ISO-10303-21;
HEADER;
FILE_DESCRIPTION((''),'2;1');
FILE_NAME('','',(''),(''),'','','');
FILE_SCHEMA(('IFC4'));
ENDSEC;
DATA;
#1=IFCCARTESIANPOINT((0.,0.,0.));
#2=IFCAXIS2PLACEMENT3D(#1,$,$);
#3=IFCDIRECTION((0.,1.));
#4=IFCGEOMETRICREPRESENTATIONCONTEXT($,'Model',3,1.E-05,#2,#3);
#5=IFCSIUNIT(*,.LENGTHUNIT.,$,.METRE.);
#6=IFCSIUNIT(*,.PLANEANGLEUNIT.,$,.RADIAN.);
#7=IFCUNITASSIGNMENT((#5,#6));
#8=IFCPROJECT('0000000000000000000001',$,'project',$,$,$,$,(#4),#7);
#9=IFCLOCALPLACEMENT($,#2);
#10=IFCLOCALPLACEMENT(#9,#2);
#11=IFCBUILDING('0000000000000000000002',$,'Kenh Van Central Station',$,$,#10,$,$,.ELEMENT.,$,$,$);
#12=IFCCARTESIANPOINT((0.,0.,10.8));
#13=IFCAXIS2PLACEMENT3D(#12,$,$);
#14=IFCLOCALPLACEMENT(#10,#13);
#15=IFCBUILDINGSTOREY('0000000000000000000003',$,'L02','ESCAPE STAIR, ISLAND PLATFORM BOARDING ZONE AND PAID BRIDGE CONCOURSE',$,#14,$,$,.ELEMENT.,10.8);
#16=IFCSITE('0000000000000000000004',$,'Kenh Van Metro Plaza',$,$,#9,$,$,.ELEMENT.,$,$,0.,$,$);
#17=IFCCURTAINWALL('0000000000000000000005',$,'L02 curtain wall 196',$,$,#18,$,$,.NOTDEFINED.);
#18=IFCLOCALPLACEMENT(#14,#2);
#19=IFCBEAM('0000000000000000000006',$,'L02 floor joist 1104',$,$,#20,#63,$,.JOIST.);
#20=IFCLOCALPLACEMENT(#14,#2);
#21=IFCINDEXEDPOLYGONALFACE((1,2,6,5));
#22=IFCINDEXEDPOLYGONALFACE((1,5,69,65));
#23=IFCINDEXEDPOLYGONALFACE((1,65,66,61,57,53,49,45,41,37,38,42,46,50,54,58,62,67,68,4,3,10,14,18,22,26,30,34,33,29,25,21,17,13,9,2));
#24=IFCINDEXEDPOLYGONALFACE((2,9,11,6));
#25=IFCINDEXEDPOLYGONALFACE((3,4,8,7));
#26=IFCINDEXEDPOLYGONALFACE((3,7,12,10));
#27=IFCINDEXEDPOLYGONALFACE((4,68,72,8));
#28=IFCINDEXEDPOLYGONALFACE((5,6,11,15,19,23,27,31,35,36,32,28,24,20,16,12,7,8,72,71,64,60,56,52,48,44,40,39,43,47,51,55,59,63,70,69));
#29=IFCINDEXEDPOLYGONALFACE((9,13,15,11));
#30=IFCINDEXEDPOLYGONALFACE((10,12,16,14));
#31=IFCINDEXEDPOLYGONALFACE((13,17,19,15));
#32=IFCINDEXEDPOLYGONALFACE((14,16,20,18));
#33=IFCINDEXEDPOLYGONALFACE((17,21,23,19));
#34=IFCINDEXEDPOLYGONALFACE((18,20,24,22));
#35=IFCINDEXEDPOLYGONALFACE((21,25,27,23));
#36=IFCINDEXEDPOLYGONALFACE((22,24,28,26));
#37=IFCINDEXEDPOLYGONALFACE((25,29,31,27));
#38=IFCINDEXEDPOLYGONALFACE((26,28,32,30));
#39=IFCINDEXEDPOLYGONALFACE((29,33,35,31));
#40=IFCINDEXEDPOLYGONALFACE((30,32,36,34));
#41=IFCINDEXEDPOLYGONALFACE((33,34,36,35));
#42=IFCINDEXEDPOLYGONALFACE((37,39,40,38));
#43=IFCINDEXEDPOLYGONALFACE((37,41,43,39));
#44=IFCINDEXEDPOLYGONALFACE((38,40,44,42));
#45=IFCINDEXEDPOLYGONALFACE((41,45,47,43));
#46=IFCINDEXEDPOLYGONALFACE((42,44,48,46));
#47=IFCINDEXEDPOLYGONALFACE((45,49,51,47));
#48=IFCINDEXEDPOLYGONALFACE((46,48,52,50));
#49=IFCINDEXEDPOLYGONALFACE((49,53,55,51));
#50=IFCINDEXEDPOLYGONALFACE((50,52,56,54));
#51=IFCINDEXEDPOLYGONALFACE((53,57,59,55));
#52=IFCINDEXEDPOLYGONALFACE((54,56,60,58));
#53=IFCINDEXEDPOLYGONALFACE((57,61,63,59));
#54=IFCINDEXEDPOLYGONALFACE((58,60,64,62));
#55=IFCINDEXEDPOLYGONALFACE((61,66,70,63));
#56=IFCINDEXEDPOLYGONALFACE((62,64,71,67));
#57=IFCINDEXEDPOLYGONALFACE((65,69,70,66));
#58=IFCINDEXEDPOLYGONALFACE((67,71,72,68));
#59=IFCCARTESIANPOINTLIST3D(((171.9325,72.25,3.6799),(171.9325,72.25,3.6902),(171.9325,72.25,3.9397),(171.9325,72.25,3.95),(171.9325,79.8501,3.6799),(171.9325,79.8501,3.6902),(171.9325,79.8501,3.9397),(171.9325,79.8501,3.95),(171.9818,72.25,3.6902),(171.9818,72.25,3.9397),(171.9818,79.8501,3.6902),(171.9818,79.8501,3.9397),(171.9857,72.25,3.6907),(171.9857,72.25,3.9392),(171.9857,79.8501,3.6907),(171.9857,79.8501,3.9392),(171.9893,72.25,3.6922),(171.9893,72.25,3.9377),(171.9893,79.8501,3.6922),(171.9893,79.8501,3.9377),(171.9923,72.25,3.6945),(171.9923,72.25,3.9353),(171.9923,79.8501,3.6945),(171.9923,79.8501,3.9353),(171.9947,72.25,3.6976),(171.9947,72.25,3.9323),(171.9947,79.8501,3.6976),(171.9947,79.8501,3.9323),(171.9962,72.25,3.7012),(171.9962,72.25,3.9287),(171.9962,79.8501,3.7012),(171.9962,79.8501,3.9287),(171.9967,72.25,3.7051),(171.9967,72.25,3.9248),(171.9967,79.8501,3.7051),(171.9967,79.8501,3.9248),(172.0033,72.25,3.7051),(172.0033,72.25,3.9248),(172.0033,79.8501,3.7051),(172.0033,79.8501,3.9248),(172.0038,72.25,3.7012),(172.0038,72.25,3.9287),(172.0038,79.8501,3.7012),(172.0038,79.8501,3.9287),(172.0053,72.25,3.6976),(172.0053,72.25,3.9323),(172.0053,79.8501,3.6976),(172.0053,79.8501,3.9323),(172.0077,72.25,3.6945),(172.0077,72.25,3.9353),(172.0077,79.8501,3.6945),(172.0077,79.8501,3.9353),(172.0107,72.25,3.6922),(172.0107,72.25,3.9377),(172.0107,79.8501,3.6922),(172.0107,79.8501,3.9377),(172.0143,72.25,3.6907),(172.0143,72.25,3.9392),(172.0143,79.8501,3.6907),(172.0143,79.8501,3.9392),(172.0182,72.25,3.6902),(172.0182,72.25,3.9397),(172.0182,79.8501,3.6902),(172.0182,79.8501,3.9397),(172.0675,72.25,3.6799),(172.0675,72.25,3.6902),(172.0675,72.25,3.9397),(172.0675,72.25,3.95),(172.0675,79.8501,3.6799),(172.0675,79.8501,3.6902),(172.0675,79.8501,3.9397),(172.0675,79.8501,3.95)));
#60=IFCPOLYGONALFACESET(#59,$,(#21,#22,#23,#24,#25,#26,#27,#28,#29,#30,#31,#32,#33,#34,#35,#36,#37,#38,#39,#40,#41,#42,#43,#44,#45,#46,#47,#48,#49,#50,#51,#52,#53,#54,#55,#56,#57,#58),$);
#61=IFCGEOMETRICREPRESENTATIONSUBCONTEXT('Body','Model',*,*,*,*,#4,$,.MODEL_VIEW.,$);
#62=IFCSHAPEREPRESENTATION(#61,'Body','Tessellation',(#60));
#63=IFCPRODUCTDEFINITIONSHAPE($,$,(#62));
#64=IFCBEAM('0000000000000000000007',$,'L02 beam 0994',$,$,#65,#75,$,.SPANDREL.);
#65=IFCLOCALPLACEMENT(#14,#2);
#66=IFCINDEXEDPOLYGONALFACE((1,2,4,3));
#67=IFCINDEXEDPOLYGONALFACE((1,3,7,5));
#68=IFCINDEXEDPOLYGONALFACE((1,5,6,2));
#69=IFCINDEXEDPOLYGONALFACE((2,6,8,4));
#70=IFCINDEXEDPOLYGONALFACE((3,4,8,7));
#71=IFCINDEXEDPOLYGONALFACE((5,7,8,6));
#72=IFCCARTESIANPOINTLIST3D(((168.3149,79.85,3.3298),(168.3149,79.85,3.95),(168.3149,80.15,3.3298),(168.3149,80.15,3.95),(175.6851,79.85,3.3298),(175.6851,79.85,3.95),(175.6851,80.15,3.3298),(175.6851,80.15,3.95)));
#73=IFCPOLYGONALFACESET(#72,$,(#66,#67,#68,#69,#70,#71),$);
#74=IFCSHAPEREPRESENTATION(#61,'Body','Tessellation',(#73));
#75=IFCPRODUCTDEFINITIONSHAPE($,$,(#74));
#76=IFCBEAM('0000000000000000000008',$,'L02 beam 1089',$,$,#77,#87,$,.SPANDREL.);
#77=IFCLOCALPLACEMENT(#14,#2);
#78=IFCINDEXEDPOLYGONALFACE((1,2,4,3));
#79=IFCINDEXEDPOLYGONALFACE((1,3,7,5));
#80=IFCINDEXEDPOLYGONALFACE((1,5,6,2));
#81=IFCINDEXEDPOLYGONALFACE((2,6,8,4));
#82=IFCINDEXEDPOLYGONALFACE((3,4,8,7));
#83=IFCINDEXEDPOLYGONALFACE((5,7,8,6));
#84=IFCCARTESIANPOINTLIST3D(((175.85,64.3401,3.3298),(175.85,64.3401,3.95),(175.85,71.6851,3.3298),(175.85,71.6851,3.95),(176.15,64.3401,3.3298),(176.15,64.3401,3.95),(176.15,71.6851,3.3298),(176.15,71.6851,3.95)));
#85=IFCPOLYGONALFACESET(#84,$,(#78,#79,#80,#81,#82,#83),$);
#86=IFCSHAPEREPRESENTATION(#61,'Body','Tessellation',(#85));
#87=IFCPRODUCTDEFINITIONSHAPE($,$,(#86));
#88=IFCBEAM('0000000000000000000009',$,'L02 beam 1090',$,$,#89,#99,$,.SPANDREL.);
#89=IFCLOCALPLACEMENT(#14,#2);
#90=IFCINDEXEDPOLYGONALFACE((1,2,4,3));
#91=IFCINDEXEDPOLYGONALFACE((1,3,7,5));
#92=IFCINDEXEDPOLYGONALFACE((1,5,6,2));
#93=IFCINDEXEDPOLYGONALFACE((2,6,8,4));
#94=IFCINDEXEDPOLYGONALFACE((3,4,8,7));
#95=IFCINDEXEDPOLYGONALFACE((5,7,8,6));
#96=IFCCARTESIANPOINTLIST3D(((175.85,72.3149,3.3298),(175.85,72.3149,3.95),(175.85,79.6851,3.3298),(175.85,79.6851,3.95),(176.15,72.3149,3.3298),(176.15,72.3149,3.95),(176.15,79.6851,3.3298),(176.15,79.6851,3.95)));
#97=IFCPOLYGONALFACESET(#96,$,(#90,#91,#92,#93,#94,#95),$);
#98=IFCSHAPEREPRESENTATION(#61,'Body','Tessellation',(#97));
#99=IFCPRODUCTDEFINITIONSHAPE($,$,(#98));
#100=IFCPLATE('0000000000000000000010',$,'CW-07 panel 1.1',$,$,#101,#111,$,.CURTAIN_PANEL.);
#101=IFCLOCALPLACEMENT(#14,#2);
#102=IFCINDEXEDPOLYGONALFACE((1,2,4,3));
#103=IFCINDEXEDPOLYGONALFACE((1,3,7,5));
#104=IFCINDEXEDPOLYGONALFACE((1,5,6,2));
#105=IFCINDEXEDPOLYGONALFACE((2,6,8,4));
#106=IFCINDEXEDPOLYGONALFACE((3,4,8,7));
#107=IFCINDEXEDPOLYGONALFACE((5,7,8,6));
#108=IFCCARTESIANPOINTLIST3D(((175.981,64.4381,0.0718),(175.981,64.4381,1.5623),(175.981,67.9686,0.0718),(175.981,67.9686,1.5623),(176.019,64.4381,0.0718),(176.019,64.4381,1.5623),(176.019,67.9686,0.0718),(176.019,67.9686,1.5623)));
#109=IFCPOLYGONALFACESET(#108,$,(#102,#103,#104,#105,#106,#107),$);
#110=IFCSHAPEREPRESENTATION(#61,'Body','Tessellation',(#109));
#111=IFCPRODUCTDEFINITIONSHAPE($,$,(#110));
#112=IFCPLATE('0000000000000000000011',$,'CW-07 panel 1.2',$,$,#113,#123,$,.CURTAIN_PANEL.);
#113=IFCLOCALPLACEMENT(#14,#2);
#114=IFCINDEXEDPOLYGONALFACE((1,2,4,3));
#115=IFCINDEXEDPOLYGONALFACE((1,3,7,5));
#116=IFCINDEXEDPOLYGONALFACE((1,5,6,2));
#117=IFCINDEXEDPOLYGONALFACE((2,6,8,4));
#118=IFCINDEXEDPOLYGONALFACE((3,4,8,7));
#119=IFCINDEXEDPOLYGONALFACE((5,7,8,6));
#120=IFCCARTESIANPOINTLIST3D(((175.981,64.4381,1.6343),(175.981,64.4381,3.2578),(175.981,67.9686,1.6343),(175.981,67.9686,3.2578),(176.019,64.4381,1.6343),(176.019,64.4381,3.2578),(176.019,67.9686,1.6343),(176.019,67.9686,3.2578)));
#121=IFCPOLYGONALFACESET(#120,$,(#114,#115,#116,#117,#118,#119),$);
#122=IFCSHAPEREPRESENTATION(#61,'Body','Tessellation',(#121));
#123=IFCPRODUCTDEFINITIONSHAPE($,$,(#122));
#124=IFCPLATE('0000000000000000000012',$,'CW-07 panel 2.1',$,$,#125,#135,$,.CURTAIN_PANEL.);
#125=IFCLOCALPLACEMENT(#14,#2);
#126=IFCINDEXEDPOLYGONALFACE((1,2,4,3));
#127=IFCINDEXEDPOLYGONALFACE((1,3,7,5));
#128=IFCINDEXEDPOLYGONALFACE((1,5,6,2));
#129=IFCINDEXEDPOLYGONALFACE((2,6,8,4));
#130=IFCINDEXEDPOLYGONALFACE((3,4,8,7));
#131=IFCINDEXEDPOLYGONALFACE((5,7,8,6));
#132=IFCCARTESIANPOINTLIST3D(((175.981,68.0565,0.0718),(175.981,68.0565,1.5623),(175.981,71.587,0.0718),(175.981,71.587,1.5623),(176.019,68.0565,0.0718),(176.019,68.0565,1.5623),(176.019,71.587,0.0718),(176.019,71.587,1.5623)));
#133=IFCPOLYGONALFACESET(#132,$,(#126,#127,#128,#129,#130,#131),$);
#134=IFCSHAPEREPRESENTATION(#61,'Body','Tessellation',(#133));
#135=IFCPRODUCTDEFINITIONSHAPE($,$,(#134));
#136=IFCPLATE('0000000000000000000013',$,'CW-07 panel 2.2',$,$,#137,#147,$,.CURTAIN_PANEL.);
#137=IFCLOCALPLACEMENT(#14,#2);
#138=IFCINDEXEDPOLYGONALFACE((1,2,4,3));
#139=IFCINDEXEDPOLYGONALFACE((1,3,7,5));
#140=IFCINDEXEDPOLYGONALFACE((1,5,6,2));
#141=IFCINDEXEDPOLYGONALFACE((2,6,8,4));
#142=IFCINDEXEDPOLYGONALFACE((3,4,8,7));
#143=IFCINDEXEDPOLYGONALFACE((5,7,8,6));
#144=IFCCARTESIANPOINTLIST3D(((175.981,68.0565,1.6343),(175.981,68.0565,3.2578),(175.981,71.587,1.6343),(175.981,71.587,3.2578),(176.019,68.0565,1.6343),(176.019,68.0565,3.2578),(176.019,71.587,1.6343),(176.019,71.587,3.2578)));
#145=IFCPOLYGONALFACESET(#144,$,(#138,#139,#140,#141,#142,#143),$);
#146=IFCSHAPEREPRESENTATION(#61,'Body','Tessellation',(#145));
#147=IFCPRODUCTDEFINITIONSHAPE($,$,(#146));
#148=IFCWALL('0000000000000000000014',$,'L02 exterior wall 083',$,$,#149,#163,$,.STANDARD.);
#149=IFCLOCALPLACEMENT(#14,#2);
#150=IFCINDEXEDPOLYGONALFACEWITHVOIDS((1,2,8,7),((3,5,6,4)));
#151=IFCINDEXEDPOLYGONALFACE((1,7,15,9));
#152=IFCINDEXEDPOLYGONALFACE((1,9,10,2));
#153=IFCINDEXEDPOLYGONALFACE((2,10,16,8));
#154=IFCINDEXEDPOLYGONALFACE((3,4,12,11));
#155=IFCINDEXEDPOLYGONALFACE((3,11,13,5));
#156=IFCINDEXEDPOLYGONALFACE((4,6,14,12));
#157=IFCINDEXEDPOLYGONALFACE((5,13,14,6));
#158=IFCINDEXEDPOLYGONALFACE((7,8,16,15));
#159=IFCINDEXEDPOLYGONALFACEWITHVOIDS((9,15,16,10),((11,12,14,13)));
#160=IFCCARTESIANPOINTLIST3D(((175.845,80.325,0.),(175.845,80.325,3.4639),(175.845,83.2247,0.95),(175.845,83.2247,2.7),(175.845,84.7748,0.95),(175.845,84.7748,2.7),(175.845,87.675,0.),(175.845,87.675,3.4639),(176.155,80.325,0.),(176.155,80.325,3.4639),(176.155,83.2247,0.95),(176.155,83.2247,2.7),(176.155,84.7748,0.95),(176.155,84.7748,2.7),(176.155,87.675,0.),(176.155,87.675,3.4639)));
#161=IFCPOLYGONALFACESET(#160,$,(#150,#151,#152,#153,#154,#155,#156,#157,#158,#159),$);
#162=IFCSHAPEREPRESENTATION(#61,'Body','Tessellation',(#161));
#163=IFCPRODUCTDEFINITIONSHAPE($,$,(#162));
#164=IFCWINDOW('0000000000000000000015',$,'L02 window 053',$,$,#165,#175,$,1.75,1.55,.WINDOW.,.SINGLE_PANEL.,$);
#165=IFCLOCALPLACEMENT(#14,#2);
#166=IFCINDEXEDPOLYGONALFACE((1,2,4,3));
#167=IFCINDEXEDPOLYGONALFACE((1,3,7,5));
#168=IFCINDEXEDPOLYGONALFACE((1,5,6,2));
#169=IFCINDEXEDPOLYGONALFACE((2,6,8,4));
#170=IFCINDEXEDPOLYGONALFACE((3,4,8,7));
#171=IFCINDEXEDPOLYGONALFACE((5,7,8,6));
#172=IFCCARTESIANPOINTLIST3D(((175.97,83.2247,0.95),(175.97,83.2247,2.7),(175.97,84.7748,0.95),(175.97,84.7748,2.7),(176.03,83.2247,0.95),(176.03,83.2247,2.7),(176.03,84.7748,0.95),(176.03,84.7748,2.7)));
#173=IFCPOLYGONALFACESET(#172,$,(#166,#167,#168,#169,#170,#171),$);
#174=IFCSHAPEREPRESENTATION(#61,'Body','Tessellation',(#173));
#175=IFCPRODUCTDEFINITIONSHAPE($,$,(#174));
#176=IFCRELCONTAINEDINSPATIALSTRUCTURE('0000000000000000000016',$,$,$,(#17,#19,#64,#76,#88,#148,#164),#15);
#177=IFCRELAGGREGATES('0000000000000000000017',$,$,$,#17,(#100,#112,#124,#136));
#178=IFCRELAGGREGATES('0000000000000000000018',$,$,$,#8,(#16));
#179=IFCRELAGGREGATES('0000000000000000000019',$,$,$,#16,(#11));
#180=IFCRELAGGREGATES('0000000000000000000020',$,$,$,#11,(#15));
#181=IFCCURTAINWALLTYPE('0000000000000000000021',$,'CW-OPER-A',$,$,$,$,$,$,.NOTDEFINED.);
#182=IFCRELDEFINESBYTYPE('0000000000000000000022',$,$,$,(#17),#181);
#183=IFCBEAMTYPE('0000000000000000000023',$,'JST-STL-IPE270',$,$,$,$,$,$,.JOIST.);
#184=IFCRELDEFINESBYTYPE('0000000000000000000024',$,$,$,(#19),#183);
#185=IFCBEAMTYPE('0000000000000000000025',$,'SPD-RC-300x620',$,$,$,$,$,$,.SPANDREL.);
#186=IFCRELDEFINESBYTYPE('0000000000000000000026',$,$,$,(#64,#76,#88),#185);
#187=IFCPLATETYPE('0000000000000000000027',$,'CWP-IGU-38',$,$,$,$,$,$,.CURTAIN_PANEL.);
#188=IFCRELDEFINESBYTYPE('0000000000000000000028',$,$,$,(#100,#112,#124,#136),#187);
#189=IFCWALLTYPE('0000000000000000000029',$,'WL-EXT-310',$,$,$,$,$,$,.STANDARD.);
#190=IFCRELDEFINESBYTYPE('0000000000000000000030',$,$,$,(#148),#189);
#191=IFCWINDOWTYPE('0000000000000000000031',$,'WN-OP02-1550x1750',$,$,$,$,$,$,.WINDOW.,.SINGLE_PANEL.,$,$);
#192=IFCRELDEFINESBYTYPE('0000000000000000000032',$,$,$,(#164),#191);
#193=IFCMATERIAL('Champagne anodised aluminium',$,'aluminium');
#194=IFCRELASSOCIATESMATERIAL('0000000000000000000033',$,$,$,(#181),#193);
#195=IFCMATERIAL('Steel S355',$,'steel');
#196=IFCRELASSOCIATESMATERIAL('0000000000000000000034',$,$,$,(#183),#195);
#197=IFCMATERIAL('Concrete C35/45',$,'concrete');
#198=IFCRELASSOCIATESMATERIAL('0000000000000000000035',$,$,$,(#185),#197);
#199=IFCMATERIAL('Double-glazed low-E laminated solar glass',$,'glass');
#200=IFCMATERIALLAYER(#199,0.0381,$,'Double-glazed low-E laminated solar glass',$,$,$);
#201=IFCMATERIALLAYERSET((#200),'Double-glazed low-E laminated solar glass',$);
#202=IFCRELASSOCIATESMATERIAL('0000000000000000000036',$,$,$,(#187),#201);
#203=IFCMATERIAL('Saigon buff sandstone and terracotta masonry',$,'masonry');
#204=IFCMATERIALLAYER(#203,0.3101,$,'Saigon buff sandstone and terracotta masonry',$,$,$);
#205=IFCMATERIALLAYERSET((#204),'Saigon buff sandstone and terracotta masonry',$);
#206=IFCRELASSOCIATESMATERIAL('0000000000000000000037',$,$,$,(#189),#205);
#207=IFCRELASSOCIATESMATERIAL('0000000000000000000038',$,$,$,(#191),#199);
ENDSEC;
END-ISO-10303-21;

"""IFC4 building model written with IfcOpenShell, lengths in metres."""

from ifc_helpers import new_model, si_unit, direction, frame, frame_2d, origin, origin_2d, place, context, subcontext, project, spatial, rectangle, i_section, extrude, material, layer, layer_set, material_profile, profile_set, type_object, element, fill, aggregate, save


model = new_model("IFC4")

# Units and contexts
model_context = context("Model", 3, precision=1e-05, world=origin(), true_north=direction((0.0, 1.0)))
body_context = subcontext(model_context, "Body", "Model", "MODEL_VIEW")
ifc_project = project(units=[si_unit("LENGTHUNIT", "METRE"), si_unit("PLANEANGLEUNIT", "RADIAN")], contexts=[model_context])

# Site, building, storey
site_placement = place(None, origin())
site = spatial("IfcSite", under=ifc_project, at=site_placement, Name="Kenh Van Metro Plaza", CompositionType="ELEMENT", RefElevation=0.0)
building_placement = place(site_placement, origin())
building = spatial("IfcBuilding", under=site, at=building_placement, Name="Kenh Van Central Station", CompositionType="ELEMENT")
storey_placement = place(building_placement, frame((0.0, 0.0, 10.8)))
storey = spatial("IfcBuildingStorey", under=building, at=storey_placement, Name="L02", Description="ESCAPE STAIR, ISLAND PLATFORM BOARDING ZONE AND PAID BRIDGE CONCOURSE", CompositionType="ELEMENT", Elevation=10.8)

# Shared definitions
ifc_material_1 = material(Name="Concrete C35/45", Category="concrete")

# Curtain wall
ifc_material_2 = material(Name="Champagne anodised aluminium", Category="aluminium")
curtain_wall_type = type_object("IfcCurtainWallType", Name="CW-OPER-A", PredefinedType="NOTDEFINED", material=ifc_material_2)
curtain_wall_placement = place(storey_placement, origin())
curtain_wall = element("IfcCurtainWall", 1, at=curtain_wall_placement, inside=storey, type_object=curtain_wall_type, Name="L02 curtain wall 196", PredefinedType="NOTDEFINED")

# Beams
ifc_material_3 = material(Name="Steel S355", Category="steel")
ifc_material_profile_1 = material_profile(ifc_material_3, i_section(OverallWidth=0.135, OverallDepth=0.27, WebThickness=0.0066, FlangeThickness=0.0103, FilletRadius=0.0149, at=origin_2d()), Name="IPE 270")
ifc_profile_set_1 = profile_set([ifc_material_profile_1], Name="Steel S355")
beam_type_1 = type_object("IfcBeamType", Name="JST-STL-IPE270", PredefinedType="JOIST", material=ifc_profile_set_1)
beam_1_placement = place(storey_placement, frame((172.0, 72.25, 3.8149), z_axis=(0.0, 1.0, 0.0), x_axis=(-1.0, 0.0, 0.0)))
element("IfcBeam", 2, at=beam_1_placement, inside=storey, type_object=beam_type_1, Name="L02 floor joist 1104", PredefinedType="JOIST", context=body_context, shape_type="SweptSolid", body=[
    extrude(i_section(OverallWidth=0.135, OverallDepth=0.27, WebThickness=0.0066, FlangeThickness=0.0103, FilletRadius=0.0149, at=origin_2d()), origin(), (0.0, 0.0, 1.0), 7.6001),
])
ifc_material_profile_2 = material_profile(ifc_material_1, rectangle(XDim=0.3, YDim=0.6201, at=origin_2d()), Name="RC 300x620")
ifc_profile_set_2 = profile_set([ifc_material_profile_2], Name="Concrete C35/45")
beam_type_2 = type_object("IfcBeamType", Name="SPD-RC-300x620", PredefinedType="SPANDREL", material=ifc_profile_set_2)
beam_2_placement = place(storey_placement, frame((168.3149, 80.0, 3.6399), z_axis=(1.0, 0.0, 0.0), x_axis=(0.0, 1.0, 0.0)))
element("IfcBeam", 3, at=beam_2_placement, inside=storey, type_object=beam_type_2, Name="L02 beam 0994", PredefinedType="SPANDREL", context=body_context, shape_type="SweptSolid", body=[
    extrude(rectangle(XDim=0.3, YDim=0.6201, at=origin_2d()), origin(), (0.0, 0.0, 1.0), 7.3701),
])
beam_3_placement = place(storey_placement, frame((176.0, 64.3401, 3.6399), z_axis=(0.0, 1.0, 0.0), x_axis=(-1.0, 0.0, 0.0)))
element("IfcBeam", 4, at=beam_3_placement, inside=storey, type_object=beam_type_2, Name="L02 beam 1089", PredefinedType="SPANDREL", context=body_context, shape_type="SweptSolid", body=[
    extrude(rectangle(XDim=0.3, YDim=0.6201, at=origin_2d()), origin(), (0.0, 0.0, 1.0), 7.345),
])
beam_4_placement = place(storey_placement, frame((176.0, 72.3149, 3.6399), z_axis=(0.0, 1.0, 0.0), x_axis=(-1.0, 0.0, 0.0)))
element("IfcBeam", 5, at=beam_4_placement, inside=storey, type_object=beam_type_2, Name="L02 beam 1090", PredefinedType="SPANDREL", context=body_context, shape_type="SweptSolid", body=[
    extrude(rectangle(XDim=0.3, YDim=0.6201, at=origin_2d()), origin(), (0.0, 0.0, 1.0), 7.3701),
])

# Plates
ifc_material_4 = material(Name="Double-glazed low-E laminated solar glass", Category="glass")
ifc_layer_1 = layer(ifc_material_4, 0.0381, Name="Double-glazed low-E laminated solar glass")
ifc_layer_set_1 = layer_set([ifc_layer_1], Name="Double-glazed low-E laminated solar glass")
plate_type = type_object("IfcPlateType", Name="CWP-IGU-38", PredefinedType="CURTAIN_PANEL", material=ifc_layer_set_1)
plate_1_placement = place(storey_placement, frame((176.0, 66.2034, 0.0718), z_axis=(0.0, 0.0, 1.0), x_axis=(0.0, 1.0, 0.0)))
plate_1 = element("IfcPlate", 6, at=plate_1_placement, type_object=plate_type, Name="CW-07 panel 1.1", PredefinedType="CURTAIN_PANEL", context=body_context, shape_type="SweptSolid", body=[
    extrude(rectangle(XDim=3.5305, YDim=0.0381, at=origin_2d()), origin(), (0.0, 0.0, 1.0), 1.4905),
])
plate_2_placement = place(storey_placement, frame((176.0, 66.2034, 1.6343), z_axis=(0.0, 0.0, 1.0), x_axis=(0.0, 1.0, 0.0)))
plate_2 = element("IfcPlate", 7, at=plate_2_placement, type_object=plate_type, Name="CW-07 panel 1.2", PredefinedType="CURTAIN_PANEL", context=body_context, shape_type="SweptSolid", body=[
    extrude(rectangle(XDim=3.5305, YDim=0.0381, at=origin_2d()), origin(), (0.0, 0.0, 1.0), 1.6235),
])
plate_3_placement = place(storey_placement, frame((176.0, 69.8218, 0.0718), z_axis=(0.0, 0.0, 1.0), x_axis=(0.0, 1.0, 0.0)))
plate_3 = element("IfcPlate", 8, at=plate_3_placement, type_object=plate_type, Name="CW-07 panel 2.1", PredefinedType="CURTAIN_PANEL", context=body_context, shape_type="SweptSolid", body=[
    extrude(rectangle(XDim=3.5305, YDim=0.0381, at=origin_2d()), origin(), (0.0, 0.0, 1.0), 1.4905),
])
plate_4_placement = place(storey_placement, frame((176.0, 69.8218, 1.6343), z_axis=(0.0, 0.0, 1.0), x_axis=(0.0, 1.0, 0.0)))
plate_4 = element("IfcPlate", 9, at=plate_4_placement, type_object=plate_type, Name="CW-07 panel 2.2", PredefinedType="CURTAIN_PANEL", context=body_context, shape_type="SweptSolid", body=[
    extrude(rectangle(XDim=3.5305, YDim=0.0381, at=origin_2d()), origin(), (0.0, 0.0, 1.0), 1.6235),
])
aggregate(curtain_wall, [plate_1, plate_2, plate_3, plate_4])

# Wall, opening, window
ifc_material_5 = material(Name="Saigon buff sandstone and terracotta masonry", Category="masonry")
ifc_layer_2 = layer(ifc_material_5, 0.3101, Name="Saigon buff sandstone and terracotta masonry")
ifc_layer_set_2 = layer_set([ifc_layer_2], Name="Saigon buff sandstone and terracotta masonry")
wall_type_1 = type_object("IfcWallType", Name="WL-EXT-310", PredefinedType="STANDARD", material=ifc_layer_set_2)
wall_1_placement = place(storey_placement, frame((176.0, 80.325, 0.0), z_axis=(0.0, 0.0, 1.0), x_axis=(0.0, 1.0, 0.0)))
wall_1 = element("IfcWall", 10, at=wall_1_placement, inside=storey, type_object=wall_type_1, Name="L02 exterior wall 083", PredefinedType="STANDARD", context=body_context, shape_type="SweptSolid", body=[
    extrude(rectangle(XDim=7.3501, YDim=0.3101, at=frame_2d((3.675, 0.0))), origin(), (0.0, 0.0, 1.0), 3.4639),
])
opening_1_placement = place(wall_1_placement, frame((2.8999, 0.0, 0.95)))
opening_1 = element("IfcOpeningElement", 11, at=opening_1_placement, cuts=wall_1, PredefinedType="OPENING", context=body_context, shape_type="SweptSolid", body=[
    extrude(rectangle(XDim=1.55, YDim=1.75, at=frame_2d((0.7749, 0.875))), frame((0.0, 0.165, 0.0), z_axis=(0.0, -1.0, 0.0), x_axis=(1.0, 0.0, 0.0)), (0.0, 0.0, 1.0), 0.3301),
])
window_type_1 = type_object("IfcWindowType", Name="WN-OP02-1550x1750", PartitioningType="SINGLE_PANEL", PredefinedType="WINDOW", material=ifc_material_4)
window_1_placement = place(opening_1_placement, origin())
window_1 = element("IfcWindow", 12, at=window_1_placement, inside=storey, type_object=window_type_1, Name="L02 window 053", OverallHeight=1.75, OverallWidth=1.55, PartitioningType="SINGLE_PANEL", PredefinedType="WINDOW", context=body_context, shape_type="SweptSolid", body=[
    extrude(rectangle(XDim=1.55, YDim=1.75, at=frame_2d((0.7749, 0.875))), frame((0.0, 0.03, 0.0), z_axis=(0.0, -1.0, 0.0), x_axis=(1.0, 0.0, 0.0)), (0.0, 0.0, 1.0), 0.0601),
])
fill(opening_1, window_1)

save(model, "model.ifc")
